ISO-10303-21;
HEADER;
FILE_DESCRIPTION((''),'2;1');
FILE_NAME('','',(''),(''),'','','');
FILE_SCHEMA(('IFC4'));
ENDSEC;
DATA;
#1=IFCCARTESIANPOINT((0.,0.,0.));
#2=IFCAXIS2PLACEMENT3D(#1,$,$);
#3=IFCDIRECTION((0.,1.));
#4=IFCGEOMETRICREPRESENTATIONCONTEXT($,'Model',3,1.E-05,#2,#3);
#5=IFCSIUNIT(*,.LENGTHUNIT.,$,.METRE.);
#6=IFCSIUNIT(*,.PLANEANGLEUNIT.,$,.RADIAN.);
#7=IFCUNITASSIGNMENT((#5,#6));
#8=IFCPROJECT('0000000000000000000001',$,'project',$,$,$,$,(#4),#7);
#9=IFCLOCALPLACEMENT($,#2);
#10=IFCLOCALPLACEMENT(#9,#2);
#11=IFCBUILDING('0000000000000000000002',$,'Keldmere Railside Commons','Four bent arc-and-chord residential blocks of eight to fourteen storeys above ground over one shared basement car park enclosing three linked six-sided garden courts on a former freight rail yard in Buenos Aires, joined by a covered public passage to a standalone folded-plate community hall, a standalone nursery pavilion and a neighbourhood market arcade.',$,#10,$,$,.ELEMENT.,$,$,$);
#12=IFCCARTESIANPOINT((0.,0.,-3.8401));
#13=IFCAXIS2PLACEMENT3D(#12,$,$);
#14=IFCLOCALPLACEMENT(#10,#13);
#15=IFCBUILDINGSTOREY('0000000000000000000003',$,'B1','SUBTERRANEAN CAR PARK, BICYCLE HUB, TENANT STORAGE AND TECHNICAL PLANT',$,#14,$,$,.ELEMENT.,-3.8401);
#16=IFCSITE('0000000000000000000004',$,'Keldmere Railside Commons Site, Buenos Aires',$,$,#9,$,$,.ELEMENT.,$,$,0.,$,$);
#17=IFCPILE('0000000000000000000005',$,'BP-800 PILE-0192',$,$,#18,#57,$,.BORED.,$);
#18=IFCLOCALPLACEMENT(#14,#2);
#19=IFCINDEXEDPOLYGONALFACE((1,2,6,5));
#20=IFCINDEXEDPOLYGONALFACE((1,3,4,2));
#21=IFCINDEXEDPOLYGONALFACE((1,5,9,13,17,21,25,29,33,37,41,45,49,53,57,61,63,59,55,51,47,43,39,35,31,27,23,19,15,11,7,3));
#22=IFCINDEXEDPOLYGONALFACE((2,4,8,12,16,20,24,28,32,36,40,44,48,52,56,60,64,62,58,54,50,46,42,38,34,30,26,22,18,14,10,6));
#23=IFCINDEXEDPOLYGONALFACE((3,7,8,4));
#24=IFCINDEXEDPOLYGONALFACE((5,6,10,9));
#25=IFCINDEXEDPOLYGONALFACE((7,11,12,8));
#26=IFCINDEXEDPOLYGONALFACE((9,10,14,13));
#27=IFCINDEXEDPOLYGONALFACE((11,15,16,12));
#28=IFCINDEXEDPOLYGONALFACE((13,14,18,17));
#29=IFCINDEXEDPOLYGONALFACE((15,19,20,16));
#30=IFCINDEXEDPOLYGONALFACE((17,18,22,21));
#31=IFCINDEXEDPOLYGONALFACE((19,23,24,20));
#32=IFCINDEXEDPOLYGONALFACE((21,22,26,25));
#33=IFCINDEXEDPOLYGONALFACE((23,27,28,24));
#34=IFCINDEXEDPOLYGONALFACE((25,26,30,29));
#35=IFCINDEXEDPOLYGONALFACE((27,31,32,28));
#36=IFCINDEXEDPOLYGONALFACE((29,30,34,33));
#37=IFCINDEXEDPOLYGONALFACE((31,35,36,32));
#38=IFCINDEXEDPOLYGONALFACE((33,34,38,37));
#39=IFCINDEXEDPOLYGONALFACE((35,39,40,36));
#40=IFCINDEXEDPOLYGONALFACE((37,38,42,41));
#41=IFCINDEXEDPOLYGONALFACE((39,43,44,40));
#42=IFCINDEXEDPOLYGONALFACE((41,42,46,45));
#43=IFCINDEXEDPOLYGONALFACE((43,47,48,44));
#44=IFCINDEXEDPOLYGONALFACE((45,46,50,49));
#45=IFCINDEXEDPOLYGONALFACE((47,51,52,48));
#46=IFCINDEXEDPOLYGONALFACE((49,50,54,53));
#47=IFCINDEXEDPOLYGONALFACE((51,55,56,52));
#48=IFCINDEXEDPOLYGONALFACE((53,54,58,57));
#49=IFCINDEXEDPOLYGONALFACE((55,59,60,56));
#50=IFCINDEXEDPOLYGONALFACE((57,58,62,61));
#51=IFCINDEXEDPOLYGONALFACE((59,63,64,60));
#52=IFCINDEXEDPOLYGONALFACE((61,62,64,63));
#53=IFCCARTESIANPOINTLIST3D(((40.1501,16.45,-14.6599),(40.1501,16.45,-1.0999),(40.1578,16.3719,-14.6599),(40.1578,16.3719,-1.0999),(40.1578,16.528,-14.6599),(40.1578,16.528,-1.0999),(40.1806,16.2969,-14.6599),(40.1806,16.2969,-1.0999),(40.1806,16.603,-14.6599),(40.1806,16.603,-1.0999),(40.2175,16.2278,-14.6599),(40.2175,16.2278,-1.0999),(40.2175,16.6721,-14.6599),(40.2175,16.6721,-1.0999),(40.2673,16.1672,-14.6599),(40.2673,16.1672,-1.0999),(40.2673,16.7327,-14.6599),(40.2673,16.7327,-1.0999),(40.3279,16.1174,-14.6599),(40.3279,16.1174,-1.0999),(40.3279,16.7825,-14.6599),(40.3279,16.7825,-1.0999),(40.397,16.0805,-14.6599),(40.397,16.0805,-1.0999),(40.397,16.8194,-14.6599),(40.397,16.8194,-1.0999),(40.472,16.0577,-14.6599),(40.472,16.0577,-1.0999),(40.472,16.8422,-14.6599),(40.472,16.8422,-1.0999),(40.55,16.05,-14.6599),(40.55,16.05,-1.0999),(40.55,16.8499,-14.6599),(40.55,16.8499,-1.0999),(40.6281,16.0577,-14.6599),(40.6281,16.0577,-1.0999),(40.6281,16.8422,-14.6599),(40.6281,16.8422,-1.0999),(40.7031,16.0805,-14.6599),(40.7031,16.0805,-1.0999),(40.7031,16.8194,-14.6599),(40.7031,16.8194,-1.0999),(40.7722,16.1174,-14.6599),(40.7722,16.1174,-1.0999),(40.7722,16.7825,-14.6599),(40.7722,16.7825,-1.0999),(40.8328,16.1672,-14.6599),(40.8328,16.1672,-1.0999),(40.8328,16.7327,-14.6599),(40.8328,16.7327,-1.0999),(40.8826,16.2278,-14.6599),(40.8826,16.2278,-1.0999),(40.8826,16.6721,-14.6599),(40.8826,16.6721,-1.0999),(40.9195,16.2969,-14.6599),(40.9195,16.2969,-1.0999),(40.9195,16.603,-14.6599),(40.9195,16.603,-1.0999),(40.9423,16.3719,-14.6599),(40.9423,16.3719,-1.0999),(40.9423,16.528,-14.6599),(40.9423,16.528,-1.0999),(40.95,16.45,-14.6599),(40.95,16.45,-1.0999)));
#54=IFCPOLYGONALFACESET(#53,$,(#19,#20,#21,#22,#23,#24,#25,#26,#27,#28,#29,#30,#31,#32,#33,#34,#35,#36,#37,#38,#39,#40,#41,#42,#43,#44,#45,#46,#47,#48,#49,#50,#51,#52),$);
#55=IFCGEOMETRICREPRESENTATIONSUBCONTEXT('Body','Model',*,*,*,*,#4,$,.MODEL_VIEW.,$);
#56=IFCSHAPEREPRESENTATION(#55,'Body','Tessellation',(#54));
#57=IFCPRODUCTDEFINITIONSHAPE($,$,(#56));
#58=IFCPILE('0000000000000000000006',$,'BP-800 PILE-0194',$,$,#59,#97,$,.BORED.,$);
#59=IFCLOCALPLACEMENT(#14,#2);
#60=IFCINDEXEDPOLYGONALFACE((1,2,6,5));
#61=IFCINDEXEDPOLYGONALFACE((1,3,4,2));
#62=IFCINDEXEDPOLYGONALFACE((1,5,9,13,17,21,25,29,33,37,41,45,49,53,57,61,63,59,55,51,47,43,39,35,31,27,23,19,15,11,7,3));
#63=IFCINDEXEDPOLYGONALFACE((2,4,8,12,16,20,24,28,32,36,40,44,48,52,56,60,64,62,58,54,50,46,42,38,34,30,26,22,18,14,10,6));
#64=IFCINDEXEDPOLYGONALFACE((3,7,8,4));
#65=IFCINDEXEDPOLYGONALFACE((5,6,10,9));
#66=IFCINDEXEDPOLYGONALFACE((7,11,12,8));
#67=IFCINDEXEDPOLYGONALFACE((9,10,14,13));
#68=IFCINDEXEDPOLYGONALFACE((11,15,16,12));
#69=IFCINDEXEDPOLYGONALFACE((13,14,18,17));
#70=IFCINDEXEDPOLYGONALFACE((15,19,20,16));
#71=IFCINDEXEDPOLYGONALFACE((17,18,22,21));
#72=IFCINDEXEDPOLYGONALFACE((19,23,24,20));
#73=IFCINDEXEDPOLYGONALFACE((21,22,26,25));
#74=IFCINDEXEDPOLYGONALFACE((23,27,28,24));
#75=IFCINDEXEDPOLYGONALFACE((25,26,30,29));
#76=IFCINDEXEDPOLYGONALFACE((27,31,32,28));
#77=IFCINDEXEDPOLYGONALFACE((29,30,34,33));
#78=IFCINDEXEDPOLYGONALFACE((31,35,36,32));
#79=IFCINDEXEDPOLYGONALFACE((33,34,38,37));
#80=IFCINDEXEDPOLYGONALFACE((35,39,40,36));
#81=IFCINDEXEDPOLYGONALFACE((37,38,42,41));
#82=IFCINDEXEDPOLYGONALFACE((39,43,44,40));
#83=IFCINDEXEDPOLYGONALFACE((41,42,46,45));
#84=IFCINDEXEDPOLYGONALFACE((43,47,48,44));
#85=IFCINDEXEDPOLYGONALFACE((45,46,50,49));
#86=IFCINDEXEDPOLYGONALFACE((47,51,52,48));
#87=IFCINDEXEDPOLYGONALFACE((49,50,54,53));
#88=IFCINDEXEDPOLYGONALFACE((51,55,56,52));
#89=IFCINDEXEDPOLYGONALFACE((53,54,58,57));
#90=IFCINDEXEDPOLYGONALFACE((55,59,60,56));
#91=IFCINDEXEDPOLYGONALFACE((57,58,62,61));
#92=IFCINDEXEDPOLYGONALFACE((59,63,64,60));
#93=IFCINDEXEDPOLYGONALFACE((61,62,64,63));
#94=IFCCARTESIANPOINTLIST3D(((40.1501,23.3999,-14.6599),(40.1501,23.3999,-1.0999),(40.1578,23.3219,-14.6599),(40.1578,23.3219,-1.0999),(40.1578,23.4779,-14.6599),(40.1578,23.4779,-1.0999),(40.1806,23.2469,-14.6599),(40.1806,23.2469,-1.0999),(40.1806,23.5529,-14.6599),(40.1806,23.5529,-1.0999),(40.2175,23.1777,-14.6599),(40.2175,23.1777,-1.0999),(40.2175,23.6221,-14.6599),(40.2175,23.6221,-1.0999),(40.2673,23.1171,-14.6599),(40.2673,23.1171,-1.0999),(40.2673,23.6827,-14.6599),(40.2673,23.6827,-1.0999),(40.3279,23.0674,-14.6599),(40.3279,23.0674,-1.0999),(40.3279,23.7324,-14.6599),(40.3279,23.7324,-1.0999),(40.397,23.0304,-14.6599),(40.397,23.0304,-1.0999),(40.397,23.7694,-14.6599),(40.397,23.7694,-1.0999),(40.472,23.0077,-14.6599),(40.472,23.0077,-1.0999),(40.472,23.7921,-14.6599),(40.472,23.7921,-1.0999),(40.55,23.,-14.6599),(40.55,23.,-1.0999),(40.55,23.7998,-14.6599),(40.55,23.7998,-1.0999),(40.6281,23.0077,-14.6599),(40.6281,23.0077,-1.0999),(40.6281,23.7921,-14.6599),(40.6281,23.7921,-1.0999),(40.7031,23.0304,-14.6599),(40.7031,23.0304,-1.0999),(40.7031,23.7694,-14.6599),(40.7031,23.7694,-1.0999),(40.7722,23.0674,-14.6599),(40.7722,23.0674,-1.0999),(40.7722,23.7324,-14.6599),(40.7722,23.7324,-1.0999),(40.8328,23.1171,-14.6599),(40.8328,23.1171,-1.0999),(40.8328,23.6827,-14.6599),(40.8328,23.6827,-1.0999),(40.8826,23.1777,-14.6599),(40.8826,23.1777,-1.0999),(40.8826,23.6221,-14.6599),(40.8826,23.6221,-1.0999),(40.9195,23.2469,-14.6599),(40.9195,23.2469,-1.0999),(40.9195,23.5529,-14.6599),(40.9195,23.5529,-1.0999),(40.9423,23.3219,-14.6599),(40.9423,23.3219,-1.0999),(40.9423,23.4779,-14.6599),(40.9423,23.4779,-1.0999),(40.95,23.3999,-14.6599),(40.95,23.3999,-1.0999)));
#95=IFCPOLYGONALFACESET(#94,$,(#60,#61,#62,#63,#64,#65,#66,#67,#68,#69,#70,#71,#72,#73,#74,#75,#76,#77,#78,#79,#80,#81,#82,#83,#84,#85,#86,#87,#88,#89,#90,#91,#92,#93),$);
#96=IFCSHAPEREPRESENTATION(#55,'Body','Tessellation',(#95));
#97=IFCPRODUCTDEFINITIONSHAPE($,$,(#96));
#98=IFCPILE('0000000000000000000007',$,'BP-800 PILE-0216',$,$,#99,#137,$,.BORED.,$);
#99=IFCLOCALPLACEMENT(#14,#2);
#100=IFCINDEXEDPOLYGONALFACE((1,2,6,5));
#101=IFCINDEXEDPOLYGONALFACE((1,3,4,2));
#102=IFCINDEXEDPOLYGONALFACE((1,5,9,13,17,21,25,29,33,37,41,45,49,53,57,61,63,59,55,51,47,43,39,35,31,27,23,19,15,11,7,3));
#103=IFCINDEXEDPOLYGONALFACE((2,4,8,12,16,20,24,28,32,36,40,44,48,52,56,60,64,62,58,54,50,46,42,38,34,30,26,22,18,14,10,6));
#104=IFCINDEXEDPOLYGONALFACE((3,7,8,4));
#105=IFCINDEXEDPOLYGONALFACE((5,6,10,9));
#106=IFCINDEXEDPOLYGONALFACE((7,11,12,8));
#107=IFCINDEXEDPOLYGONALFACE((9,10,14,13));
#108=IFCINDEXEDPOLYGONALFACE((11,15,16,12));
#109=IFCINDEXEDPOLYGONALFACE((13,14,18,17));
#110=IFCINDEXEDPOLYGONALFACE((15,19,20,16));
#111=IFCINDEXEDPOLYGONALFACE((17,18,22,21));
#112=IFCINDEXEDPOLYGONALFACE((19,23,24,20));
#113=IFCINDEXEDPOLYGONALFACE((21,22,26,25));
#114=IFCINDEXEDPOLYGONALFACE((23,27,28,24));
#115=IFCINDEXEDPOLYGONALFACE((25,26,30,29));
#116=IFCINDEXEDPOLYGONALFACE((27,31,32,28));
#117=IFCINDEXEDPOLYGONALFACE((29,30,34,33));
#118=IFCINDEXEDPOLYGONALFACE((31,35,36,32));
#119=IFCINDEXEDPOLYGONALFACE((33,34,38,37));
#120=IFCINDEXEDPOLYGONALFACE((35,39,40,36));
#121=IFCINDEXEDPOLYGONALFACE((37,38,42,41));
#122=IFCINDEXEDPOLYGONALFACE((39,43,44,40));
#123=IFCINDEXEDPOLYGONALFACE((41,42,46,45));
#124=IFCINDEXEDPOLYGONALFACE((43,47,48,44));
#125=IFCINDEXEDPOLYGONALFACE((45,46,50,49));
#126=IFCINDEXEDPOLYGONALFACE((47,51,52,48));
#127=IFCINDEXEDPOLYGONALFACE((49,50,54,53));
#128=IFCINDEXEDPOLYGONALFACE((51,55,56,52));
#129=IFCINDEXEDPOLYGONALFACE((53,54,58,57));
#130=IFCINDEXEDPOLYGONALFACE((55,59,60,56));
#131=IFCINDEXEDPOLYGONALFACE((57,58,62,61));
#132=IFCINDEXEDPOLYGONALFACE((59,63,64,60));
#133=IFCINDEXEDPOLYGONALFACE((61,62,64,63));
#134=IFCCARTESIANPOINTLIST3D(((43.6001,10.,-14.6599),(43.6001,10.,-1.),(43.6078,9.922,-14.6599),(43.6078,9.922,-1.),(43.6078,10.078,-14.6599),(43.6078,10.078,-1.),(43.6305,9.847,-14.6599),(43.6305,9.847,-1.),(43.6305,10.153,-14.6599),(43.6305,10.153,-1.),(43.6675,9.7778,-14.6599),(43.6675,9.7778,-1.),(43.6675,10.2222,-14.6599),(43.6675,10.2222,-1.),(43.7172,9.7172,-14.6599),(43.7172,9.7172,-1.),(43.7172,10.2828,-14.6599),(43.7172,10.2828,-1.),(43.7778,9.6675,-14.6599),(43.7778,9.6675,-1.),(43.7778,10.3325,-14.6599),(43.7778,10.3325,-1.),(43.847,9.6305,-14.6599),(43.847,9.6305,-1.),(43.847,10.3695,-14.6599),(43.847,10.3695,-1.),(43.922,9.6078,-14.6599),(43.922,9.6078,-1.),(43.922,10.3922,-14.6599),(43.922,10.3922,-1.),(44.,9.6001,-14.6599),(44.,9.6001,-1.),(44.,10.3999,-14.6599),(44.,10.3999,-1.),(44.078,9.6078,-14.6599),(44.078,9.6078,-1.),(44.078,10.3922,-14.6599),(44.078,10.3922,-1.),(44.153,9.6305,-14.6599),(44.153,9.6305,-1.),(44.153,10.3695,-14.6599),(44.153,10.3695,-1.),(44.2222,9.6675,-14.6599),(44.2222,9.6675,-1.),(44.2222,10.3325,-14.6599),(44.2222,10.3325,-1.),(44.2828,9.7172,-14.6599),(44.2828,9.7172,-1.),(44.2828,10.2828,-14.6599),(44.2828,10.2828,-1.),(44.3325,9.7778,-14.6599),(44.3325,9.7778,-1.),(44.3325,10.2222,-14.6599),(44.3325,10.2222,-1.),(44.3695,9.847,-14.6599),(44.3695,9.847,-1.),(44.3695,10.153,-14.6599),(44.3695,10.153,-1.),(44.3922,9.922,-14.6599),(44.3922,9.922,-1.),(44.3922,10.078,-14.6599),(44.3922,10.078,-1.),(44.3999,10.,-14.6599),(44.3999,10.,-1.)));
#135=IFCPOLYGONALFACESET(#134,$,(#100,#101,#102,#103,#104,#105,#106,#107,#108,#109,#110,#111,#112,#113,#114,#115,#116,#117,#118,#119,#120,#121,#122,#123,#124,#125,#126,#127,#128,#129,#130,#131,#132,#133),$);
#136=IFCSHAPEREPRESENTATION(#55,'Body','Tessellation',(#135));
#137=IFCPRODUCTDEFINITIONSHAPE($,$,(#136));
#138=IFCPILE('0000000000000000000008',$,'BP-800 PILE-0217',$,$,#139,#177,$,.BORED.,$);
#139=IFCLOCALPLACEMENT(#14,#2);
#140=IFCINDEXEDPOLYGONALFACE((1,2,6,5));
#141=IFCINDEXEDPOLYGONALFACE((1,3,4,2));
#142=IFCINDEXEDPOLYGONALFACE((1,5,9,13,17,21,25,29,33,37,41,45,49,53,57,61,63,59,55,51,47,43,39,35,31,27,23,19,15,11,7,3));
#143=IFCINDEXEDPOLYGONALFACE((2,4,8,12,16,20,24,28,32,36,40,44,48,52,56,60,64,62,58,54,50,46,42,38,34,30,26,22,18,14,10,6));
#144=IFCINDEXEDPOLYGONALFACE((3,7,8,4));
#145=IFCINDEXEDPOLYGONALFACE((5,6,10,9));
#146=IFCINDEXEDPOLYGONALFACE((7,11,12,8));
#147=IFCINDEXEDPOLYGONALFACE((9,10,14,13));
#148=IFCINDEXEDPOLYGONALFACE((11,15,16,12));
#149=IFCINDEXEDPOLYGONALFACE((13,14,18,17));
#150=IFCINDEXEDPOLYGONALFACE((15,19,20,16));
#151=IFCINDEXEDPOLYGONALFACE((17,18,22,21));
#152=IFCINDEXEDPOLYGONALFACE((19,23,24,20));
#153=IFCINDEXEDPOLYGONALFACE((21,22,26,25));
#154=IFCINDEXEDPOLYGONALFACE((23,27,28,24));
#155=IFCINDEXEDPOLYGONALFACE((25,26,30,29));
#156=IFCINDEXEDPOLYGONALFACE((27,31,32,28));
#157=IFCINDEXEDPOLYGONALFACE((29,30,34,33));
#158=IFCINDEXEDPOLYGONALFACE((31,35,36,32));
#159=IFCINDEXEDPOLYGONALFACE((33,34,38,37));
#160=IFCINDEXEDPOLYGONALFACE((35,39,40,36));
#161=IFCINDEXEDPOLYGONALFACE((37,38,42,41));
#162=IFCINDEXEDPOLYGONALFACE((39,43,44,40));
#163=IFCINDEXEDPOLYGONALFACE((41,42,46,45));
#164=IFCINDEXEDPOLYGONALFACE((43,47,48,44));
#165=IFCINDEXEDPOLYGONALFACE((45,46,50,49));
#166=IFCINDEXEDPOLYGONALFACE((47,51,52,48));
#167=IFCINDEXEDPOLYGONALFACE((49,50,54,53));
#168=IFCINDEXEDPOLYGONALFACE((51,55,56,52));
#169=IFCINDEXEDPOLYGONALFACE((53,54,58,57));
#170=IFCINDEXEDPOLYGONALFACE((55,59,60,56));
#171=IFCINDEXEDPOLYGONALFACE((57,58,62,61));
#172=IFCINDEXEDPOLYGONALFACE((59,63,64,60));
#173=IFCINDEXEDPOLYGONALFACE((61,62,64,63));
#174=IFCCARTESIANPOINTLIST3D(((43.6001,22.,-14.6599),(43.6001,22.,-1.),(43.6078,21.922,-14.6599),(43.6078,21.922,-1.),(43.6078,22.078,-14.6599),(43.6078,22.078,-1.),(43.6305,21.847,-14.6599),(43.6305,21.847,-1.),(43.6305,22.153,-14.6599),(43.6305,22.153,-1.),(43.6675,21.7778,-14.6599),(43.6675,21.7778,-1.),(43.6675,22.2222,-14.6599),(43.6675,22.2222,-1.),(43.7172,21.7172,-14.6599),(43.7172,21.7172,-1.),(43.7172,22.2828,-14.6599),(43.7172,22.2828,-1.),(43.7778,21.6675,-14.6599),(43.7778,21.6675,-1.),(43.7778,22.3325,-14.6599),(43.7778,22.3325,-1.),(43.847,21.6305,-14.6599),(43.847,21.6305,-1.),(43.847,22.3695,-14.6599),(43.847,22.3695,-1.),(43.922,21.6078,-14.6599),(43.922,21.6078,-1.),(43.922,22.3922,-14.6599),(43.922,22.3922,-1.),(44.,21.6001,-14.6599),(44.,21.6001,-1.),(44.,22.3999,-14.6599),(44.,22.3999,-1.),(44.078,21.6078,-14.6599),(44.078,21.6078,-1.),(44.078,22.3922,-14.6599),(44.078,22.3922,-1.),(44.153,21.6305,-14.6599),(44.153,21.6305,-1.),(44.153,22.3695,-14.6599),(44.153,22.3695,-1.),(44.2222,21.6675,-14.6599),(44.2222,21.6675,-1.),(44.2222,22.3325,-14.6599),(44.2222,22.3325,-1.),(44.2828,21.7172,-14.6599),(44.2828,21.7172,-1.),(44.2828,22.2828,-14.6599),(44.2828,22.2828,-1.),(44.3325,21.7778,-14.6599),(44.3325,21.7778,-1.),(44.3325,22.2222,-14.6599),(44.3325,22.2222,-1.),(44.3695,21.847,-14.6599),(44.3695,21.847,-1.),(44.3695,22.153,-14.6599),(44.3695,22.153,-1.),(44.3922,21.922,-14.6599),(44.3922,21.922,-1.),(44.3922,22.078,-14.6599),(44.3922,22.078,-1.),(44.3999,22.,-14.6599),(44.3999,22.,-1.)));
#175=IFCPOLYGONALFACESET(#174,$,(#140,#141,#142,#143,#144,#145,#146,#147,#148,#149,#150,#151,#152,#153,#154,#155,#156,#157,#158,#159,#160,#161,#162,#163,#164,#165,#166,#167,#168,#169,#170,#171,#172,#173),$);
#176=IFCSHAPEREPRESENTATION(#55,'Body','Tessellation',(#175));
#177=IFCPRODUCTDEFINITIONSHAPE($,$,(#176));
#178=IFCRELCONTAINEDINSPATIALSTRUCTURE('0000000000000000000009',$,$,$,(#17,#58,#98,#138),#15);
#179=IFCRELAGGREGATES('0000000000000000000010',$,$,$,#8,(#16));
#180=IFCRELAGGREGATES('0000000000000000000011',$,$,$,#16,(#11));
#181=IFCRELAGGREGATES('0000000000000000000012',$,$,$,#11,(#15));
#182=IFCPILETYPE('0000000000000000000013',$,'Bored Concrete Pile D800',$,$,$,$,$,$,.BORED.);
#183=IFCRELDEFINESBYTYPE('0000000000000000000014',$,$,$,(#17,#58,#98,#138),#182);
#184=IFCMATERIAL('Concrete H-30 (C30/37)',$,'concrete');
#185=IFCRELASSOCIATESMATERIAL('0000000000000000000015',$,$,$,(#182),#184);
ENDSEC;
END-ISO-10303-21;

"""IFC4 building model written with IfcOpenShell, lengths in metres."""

from ifc_helpers import new_model, si_unit, direction, frame, origin, origin_2d, place, context, subcontext, project, spatial, circle, extrude, material, material_profile, profile_set, type_object, element, save


model = new_model("IFC4")

# Units and contexts
model_context = context("Model", 3, precision=1e-05, world=origin(), true_north=direction((0.0, 1.0)))
body_context = subcontext(model_context, "Body", "Model", "MODEL_VIEW")
ifc_project = project(units=[si_unit("LENGTHUNIT", "METRE"), si_unit("PLANEANGLEUNIT", "RADIAN")], contexts=[model_context])

# Site, building, storey
site_placement = place(None, origin())
site = spatial("IfcSite", under=ifc_project, at=site_placement, Name="Keldmere Railside Commons Site, Buenos Aires", CompositionType="ELEMENT", RefElevation=0.0)
building_placement = place(site_placement, origin())
building = spatial("IfcBuilding", under=site, at=building_placement, Name="Keldmere Railside Commons", Description="Four bent arc-and-chord residential blocks of eight to fourteen storeys above ground over one shared basement car park enclosing three linked six-sided garden courts on a former freight rail yard in Buenos Aires, joined by a covered public passage to a standalone folded-plate community hall, a standalone nursery pavilion and a neighbourhood market arcade.", CompositionType="ELEMENT")
storey_placement = place(building_placement, frame((0.0, 0.0, -3.8401)))
storey = spatial("IfcBuildingStorey", under=building, at=storey_placement, Name="B1", Description="SUBTERRANEAN CAR PARK, BICYCLE HUB, TENANT STORAGE AND TECHNICAL PLANT", CompositionType="ELEMENT", Elevation=-3.8401)

# Piles
ifc_material_1 = material(Name="Concrete H-30 (C30/37)", Category="concrete")
ifc_material_profile_1 = material_profile(ifc_material_1, circle(Radius=0.3999, at=origin_2d()), Name="PILE-D800")
ifc_profile_set_1 = profile_set([ifc_material_profile_1], Name="Concrete H-30 (C30/37)")
pile_type = type_object("IfcPileType", Name="Bored Concrete Pile D800", PredefinedType="BORED", material=ifc_profile_set_1)
for number, where, z_axis, x_axis, name in (
    (1, (40.55, 16.45, -1.0999), (0.0, 0.0, -1.0), (1.0, 0.0, 0.0), "BP-800 PILE-0192"),
    (2, (40.55, 23.3999, -1.0999), (0.0, 0.0, -1.0), (1.0, 0.0, 0.0), "BP-800 PILE-0194"),
):
    element("IfcPile", number, at=place(storey_placement, frame(where, z_axis=z_axis, x_axis=x_axis)), inside=storey, type_object=pile_type, Name=name, PredefinedType="BORED", context=body_context, shape_type="SweptSolid", body=[
        extrude(circle(Radius=0.3999, at=origin_2d()), origin(), (0.0, 0.0, 1.0), 13.5601),
    ])
for number, where, z_axis, x_axis, name in (
    (3, (44.0, 10.0, -1.0), (0.0, 0.0, -1.0), (1.0, 0.0, 0.0), "BP-800 PILE-0216"),
    (4, (44.0, 22.0, -1.0), (0.0, 0.0, -1.0), (1.0, 0.0, 0.0), "BP-800 PILE-0217"),
):
    element("IfcPile", number, at=place(storey_placement, frame(where, z_axis=z_axis, x_axis=x_axis)), inside=storey, type_object=pile_type, Name=name, PredefinedType="BORED", context=body_context, shape_type="SweptSolid", body=[
        extrude(circle(Radius=0.3999, at=origin_2d()), origin(), (0.0, 0.0, 1.0), 13.6599),
    ])

save(model, "model.ifc")
